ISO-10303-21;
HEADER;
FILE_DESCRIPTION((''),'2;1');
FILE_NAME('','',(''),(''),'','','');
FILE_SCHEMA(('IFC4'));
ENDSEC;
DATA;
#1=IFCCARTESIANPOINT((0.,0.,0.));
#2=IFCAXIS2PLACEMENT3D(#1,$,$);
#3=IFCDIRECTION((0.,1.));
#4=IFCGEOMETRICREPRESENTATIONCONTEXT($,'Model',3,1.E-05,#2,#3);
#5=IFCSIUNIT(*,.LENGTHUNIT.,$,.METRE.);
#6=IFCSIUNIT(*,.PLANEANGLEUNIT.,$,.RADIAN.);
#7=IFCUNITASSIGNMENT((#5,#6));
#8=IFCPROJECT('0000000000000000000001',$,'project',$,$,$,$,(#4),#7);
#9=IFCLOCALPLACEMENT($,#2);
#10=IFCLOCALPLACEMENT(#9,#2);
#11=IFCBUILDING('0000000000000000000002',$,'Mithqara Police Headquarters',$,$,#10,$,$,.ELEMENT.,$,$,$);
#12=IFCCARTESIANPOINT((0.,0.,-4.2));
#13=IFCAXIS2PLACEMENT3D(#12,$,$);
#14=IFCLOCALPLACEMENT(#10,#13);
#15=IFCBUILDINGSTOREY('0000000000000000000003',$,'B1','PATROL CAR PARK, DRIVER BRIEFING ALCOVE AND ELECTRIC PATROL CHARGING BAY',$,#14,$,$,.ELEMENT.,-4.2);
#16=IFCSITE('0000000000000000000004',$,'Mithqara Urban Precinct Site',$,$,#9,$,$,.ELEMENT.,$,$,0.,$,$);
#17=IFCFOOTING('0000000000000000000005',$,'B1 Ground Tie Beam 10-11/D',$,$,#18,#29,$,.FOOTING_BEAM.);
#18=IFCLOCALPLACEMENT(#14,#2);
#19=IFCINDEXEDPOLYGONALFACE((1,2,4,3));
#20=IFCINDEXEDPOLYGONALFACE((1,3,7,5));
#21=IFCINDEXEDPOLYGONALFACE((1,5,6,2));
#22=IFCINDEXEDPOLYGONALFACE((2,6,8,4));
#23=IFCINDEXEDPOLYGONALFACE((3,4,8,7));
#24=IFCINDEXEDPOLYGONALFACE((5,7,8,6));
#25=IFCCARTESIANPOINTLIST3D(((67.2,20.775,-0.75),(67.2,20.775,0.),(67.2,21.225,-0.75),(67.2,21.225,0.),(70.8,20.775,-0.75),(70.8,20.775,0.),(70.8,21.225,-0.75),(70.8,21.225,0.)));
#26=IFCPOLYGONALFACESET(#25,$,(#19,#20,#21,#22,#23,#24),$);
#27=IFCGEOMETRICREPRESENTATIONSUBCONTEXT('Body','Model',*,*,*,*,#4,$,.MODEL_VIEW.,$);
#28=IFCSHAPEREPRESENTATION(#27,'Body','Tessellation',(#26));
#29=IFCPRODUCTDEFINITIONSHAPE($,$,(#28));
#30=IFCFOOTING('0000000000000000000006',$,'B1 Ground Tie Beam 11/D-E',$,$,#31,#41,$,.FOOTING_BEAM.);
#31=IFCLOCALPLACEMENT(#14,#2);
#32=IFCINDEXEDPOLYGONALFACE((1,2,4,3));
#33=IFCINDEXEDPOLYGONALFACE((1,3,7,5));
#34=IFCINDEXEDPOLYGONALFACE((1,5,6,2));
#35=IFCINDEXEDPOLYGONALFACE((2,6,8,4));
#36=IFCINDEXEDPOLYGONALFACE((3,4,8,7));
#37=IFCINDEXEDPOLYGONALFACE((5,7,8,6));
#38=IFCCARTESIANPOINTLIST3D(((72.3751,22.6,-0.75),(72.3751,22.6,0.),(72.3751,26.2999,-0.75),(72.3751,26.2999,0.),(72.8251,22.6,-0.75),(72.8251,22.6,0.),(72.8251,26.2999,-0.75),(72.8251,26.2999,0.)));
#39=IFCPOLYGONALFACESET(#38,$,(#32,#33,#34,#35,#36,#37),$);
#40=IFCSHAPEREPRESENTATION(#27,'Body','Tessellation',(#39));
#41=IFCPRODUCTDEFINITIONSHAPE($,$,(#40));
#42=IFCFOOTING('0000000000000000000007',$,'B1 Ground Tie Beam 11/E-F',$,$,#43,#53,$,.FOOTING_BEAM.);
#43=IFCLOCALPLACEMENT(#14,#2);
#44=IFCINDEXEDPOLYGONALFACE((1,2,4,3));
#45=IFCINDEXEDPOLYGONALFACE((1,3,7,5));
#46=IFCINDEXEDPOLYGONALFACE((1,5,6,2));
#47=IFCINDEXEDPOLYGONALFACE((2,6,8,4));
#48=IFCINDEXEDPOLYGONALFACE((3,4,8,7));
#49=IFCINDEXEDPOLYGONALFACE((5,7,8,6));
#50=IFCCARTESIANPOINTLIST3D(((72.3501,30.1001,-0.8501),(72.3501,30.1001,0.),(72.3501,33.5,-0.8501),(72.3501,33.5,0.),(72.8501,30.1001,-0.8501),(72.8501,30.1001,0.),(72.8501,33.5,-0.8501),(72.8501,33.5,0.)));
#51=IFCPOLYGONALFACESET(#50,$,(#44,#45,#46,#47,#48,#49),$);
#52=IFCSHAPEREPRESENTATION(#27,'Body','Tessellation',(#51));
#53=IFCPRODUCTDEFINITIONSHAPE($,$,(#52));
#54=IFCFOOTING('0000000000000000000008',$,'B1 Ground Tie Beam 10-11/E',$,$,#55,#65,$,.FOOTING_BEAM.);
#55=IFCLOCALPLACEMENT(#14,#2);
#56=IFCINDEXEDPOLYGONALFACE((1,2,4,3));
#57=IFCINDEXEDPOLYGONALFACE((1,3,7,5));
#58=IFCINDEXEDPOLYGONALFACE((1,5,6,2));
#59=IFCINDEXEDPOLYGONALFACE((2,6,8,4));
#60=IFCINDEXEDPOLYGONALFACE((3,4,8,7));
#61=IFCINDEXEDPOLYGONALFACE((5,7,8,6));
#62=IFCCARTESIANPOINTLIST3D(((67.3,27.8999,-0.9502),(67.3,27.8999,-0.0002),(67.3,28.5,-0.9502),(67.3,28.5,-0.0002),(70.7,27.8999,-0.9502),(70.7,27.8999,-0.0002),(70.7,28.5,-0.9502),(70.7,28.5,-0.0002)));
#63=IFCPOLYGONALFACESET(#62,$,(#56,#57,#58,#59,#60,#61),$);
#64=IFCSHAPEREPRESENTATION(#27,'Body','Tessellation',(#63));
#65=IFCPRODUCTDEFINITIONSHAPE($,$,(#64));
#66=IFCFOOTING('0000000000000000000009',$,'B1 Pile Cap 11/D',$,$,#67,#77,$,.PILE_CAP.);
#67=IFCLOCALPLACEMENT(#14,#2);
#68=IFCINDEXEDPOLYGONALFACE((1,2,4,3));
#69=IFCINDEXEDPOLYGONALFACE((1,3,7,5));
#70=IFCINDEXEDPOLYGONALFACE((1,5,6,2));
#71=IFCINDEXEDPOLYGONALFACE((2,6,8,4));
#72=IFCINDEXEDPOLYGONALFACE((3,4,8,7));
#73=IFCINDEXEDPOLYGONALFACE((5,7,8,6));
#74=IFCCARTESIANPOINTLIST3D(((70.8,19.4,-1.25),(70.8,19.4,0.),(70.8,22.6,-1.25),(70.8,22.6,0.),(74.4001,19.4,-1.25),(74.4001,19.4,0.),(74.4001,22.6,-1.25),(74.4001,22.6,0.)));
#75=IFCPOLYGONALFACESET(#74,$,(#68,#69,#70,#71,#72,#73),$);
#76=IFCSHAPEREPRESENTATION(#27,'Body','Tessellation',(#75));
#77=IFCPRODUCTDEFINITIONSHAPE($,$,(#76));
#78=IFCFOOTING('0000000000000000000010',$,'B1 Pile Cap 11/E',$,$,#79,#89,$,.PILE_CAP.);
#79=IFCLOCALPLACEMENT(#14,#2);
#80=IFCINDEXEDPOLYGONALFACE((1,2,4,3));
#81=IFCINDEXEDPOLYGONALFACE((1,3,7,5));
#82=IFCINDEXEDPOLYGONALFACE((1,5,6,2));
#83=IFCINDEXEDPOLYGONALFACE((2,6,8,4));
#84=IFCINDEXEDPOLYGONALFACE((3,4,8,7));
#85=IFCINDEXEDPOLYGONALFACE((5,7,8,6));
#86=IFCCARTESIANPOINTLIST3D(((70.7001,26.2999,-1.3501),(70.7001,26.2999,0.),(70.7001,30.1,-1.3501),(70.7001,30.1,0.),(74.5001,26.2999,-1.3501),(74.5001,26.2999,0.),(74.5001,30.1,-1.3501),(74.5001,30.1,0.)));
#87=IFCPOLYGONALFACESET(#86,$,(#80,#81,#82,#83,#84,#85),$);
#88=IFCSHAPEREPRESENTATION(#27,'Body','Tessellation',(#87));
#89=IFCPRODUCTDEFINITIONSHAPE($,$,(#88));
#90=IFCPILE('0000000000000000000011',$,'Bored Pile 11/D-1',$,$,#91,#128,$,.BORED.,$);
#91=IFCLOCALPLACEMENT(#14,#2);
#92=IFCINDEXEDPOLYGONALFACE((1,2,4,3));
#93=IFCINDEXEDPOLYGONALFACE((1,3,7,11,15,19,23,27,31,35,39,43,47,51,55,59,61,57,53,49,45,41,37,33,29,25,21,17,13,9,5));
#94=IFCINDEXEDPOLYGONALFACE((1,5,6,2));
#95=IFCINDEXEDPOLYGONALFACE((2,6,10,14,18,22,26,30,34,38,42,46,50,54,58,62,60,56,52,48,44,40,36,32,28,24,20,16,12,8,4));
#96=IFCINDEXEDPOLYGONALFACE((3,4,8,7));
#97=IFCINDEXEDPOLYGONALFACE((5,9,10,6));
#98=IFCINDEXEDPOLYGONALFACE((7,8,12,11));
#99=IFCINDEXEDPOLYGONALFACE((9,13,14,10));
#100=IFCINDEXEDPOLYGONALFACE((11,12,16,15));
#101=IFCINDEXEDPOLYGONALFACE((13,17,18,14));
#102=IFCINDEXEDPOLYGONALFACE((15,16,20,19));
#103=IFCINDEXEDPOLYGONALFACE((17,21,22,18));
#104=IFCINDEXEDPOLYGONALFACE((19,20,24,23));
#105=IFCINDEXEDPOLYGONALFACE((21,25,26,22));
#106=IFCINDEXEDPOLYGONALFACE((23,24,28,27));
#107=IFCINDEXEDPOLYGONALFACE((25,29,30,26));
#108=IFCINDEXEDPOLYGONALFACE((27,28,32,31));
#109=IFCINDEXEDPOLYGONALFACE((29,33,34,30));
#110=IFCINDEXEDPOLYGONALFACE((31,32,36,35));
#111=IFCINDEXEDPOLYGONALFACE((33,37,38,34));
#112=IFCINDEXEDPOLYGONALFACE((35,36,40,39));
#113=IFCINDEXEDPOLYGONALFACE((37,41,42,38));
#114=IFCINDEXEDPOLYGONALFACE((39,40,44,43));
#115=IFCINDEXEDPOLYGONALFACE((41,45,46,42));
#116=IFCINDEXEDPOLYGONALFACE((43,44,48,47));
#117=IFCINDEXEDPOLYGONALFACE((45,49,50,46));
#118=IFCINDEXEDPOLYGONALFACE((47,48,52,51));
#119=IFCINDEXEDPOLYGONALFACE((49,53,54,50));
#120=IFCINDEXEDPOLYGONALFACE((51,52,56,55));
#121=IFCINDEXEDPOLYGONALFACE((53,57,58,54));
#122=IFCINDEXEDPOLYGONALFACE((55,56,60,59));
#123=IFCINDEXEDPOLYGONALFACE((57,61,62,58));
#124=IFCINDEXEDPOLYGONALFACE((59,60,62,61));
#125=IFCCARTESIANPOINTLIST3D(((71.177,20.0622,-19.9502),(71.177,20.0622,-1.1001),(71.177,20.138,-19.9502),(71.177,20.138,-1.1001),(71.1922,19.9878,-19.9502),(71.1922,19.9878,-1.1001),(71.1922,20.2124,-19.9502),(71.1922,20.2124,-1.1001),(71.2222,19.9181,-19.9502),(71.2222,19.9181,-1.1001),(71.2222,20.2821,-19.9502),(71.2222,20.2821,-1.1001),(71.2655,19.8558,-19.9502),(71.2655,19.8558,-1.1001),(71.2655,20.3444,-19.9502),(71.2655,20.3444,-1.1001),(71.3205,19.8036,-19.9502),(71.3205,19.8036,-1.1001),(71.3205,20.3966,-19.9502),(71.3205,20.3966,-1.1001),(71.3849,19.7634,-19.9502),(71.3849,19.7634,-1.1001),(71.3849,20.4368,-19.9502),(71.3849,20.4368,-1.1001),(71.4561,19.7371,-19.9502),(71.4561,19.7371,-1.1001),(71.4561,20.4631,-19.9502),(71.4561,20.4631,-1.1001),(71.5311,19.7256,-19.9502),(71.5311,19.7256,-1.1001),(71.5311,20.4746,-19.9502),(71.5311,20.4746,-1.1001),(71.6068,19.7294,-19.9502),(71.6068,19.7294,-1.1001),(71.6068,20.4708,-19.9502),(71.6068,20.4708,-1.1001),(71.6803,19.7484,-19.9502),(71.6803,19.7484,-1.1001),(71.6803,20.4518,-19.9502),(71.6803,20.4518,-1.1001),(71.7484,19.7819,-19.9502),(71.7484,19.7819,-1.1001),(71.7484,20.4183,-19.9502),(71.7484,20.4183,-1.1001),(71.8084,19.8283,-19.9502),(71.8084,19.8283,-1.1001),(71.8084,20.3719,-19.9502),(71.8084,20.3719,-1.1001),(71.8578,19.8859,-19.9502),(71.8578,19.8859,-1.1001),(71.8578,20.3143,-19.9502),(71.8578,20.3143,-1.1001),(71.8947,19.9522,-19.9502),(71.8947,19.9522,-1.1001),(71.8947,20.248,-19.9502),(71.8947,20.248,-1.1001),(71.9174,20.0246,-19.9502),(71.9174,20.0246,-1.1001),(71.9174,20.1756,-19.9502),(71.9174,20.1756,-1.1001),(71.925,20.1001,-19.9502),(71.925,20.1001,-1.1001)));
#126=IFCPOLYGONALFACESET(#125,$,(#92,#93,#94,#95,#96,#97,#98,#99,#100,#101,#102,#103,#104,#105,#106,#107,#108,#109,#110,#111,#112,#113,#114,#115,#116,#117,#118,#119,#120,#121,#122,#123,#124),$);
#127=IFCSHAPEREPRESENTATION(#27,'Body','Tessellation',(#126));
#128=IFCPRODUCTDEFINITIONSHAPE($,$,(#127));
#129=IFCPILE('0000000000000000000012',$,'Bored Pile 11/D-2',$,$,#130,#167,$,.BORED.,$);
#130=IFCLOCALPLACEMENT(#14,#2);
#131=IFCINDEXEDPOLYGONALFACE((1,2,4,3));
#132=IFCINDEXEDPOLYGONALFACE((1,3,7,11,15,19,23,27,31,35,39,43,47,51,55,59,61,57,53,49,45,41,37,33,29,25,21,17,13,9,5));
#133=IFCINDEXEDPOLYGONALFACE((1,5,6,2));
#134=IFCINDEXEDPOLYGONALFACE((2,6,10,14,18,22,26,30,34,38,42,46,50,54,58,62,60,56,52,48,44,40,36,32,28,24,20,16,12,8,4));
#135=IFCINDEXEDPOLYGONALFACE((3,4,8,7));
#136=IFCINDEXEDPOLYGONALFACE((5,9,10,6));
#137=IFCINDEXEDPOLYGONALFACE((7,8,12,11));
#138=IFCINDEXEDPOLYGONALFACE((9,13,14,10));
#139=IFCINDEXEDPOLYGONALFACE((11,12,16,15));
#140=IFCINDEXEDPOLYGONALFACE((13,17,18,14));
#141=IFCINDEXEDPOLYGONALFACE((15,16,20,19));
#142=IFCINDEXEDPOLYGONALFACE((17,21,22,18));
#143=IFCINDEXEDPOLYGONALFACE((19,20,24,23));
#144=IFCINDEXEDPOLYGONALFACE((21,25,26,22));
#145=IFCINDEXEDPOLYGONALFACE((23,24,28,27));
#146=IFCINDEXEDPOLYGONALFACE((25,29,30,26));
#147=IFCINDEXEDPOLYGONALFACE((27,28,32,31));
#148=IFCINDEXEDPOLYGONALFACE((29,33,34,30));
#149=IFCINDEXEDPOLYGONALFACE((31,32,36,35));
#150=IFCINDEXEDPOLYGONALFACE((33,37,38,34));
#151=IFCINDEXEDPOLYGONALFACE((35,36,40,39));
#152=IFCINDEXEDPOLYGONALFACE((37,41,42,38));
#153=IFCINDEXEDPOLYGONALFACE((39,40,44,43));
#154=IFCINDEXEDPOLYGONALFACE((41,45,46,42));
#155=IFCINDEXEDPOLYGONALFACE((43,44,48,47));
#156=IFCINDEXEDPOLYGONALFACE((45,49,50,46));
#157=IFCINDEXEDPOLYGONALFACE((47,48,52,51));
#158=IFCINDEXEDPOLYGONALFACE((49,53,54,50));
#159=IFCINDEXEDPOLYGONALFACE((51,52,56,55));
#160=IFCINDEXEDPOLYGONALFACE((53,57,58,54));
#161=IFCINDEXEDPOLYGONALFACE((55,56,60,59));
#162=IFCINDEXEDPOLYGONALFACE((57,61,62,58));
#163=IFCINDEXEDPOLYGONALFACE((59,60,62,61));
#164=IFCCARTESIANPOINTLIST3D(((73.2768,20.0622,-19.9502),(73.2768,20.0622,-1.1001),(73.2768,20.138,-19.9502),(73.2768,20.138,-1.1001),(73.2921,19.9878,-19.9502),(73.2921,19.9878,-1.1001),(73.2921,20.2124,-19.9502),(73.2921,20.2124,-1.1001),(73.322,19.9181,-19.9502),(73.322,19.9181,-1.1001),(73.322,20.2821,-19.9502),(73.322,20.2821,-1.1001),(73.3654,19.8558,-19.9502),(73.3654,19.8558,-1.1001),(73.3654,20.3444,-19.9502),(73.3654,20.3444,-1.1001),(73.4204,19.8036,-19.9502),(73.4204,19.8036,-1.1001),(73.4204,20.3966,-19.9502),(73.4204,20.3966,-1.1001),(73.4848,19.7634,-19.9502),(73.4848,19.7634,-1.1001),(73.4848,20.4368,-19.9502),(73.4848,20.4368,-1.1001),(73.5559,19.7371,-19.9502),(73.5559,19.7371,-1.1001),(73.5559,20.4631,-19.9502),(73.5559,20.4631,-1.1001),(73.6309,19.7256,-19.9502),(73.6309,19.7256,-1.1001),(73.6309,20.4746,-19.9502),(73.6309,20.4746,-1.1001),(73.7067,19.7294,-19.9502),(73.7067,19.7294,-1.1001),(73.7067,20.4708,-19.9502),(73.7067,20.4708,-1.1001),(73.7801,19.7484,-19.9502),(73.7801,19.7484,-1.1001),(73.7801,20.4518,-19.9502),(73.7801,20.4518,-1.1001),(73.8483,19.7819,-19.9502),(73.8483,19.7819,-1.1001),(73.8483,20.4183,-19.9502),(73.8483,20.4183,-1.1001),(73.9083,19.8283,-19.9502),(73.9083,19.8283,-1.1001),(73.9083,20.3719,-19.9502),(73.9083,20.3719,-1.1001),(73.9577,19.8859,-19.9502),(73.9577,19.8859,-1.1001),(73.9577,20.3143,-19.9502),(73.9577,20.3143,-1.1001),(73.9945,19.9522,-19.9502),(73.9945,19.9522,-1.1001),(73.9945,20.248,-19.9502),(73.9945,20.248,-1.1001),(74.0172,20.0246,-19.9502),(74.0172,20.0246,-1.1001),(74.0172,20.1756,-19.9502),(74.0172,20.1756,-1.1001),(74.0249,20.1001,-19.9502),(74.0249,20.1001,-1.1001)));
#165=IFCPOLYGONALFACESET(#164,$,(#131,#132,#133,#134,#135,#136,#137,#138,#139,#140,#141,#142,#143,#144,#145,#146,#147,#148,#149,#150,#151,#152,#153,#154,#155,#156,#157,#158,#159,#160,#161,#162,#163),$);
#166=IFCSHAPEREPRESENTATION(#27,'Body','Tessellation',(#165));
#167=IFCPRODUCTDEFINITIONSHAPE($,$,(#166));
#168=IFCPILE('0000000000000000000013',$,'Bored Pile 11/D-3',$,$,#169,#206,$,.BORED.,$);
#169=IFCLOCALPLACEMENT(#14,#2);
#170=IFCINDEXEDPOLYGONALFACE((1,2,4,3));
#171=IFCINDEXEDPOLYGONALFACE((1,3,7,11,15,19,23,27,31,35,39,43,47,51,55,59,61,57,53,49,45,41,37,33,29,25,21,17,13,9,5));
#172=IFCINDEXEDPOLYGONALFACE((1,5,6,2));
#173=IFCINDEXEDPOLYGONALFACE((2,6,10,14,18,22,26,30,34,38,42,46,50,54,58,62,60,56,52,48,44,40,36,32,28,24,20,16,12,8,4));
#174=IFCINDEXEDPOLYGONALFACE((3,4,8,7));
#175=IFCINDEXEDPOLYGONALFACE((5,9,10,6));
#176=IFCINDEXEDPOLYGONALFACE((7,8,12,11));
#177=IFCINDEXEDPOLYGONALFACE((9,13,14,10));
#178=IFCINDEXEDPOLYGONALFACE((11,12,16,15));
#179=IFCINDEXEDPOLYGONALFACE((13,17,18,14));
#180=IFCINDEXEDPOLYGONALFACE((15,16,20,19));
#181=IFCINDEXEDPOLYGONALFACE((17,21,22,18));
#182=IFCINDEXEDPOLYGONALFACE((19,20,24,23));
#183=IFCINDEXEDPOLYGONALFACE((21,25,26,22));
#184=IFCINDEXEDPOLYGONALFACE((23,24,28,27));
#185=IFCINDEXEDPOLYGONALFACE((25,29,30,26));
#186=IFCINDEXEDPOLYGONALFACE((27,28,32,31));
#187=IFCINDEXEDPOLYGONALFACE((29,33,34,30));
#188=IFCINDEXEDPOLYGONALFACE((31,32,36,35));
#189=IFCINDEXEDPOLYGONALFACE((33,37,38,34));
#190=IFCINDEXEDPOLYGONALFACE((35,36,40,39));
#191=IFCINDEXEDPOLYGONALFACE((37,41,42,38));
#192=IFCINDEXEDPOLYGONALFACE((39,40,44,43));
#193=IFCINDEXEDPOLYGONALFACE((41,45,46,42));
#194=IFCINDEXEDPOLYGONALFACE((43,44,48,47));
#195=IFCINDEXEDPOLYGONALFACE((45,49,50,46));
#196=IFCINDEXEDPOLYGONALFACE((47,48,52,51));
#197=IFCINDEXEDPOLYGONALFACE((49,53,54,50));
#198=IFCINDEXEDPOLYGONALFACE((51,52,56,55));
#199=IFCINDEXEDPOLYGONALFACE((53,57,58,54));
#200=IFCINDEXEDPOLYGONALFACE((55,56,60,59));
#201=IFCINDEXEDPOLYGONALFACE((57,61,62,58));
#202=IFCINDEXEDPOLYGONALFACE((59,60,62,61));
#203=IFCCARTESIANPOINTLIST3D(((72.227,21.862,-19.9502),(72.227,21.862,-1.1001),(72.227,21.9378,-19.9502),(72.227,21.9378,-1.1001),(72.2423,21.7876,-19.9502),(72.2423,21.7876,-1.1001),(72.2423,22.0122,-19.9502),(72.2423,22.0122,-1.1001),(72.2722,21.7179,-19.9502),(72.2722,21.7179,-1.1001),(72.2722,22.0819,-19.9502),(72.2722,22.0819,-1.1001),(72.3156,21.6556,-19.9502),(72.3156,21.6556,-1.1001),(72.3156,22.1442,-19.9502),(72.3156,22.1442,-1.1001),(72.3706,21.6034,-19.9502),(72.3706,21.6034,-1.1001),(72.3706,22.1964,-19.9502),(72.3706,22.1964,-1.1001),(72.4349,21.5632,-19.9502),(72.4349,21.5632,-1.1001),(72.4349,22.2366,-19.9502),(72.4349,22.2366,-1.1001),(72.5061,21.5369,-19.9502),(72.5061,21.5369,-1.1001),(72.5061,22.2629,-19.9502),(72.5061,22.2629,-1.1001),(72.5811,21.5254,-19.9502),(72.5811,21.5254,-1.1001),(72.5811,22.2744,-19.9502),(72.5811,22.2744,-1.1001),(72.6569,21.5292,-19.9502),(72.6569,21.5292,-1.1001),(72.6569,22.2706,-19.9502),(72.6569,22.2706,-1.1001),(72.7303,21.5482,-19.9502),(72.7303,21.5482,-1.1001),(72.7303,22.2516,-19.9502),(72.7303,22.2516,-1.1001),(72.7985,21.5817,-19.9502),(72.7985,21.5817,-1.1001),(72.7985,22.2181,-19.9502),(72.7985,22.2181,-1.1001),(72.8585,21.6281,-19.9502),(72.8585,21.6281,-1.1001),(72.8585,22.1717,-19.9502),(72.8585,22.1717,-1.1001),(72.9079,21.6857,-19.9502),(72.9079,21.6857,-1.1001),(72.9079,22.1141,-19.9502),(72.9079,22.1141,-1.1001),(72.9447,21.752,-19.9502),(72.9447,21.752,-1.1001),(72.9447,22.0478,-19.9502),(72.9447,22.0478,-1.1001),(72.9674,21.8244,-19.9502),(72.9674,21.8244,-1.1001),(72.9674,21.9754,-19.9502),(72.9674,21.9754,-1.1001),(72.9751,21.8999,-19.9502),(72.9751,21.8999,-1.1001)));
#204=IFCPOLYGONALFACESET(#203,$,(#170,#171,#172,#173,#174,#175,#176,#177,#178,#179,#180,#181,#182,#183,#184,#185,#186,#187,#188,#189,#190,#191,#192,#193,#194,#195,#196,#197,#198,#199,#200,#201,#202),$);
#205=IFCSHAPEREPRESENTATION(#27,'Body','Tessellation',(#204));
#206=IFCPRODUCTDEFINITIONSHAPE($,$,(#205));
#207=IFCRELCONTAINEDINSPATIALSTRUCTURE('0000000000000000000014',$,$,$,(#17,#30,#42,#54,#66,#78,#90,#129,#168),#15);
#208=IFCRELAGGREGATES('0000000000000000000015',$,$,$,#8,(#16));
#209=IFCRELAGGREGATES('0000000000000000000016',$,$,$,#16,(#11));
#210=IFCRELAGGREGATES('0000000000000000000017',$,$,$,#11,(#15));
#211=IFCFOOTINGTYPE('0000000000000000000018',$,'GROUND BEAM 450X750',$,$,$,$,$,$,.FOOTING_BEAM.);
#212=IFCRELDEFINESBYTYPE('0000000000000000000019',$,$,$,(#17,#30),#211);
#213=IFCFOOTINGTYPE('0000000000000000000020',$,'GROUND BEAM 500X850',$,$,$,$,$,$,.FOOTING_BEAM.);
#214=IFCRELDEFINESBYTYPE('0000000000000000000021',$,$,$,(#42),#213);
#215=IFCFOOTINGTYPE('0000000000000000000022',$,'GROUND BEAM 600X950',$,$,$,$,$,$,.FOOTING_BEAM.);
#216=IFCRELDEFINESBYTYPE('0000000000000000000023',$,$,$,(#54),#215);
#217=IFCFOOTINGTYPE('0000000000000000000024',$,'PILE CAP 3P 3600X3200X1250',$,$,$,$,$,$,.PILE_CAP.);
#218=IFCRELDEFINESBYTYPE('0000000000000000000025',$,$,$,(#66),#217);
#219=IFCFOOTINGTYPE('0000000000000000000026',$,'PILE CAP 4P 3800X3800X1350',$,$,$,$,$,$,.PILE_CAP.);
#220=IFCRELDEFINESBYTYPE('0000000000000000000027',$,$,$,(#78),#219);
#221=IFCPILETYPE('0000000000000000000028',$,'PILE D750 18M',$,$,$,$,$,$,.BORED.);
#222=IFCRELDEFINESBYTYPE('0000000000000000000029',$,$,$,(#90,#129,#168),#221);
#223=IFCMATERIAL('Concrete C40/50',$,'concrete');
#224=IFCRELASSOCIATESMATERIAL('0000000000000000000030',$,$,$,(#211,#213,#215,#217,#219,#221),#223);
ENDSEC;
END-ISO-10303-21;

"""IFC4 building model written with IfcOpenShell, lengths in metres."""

from ifc_helpers import new_model, si_unit, direction, frame, origin, origin_2d, place, context, subcontext, project, spatial, rectangle, circle, extrude, material, material_profile, profile_set, type_object, element, save


model = new_model("IFC4")

# Units and contexts
model_context = context("Model", 3, precision=1e-05, world=origin(), true_north=direction((0.0, 1.0)))
body_context = subcontext(model_context, "Body", "Model", "MODEL_VIEW")
ifc_project = project(units=[si_unit("LENGTHUNIT", "METRE"), si_unit("PLANEANGLEUNIT", "RADIAN")], contexts=[model_context])

# Site, building, storey
site_placement = place(None, origin())
site = spatial("IfcSite", under=ifc_project, at=site_placement, Name="Mithqara Urban Precinct Site", CompositionType="ELEMENT", RefElevation=0.0)
building_placement = place(site_placement, origin())
building = spatial("IfcBuilding", under=site, at=building_placement, Name="Mithqara Police Headquarters", CompositionType="ELEMENT")
storey_placement = place(building_placement, frame((0.0, 0.0, -4.2)))
storey = spatial("IfcBuildingStorey", under=building, at=storey_placement, Name="B1", Description="PATROL CAR PARK, DRIVER BRIEFING ALCOVE AND ELECTRIC PATROL CHARGING BAY", CompositionType="ELEMENT", Elevation=-4.2)

# Footings
ifc_material_1 = material(Name="Concrete C40/50", Category="concrete")
footing_type_1 = type_object("IfcFootingType", Name="GROUND BEAM 450X750", PredefinedType="FOOTING_BEAM", material=ifc_material_1)
footing_1_placement = place(storey_placement, frame((69.0, 21.0, -0.75), z_axis=(0.0, 0.0, 1.0), x_axis=(1.0, 0.0, 0.0)))
element("IfcFooting", 1, at=footing_1_placement, inside=storey, type_object=footing_type_1, Name="B1 Ground Tie Beam 10-11/D", PredefinedType="FOOTING_BEAM", context=body_context, shape_type="SweptSolid", body=[
    extrude(rectangle(XDim=3.6001, YDim=0.45, at=origin_2d()), origin(), (0.0, 0.0, 1.0), 0.75),
])
footing_2_placement = place(storey_placement, frame((72.6001, 24.45, -0.75), z_axis=(0.0, 0.0, 1.0), x_axis=(1.0, 0.0, 0.0)))
element("IfcFooting", 2, at=footing_2_placement, inside=storey, type_object=footing_type_1, Name="B1 Ground Tie Beam 11/D-E", PredefinedType="FOOTING_BEAM", context=body_context, shape_type="SweptSolid", body=[
    extrude(rectangle(XDim=0.45, YDim=3.7, at=origin_2d()), origin(), (0.0, 0.0, 1.0), 0.75),
])
footing_type_2 = type_object("IfcFootingType", Name="GROUND BEAM 500X850", PredefinedType="FOOTING_BEAM", material=ifc_material_1)
footing_3_placement = place(storey_placement, frame((72.6001, 31.8, -0.8501), z_axis=(0.0, 0.0, 1.0), x_axis=(1.0, 0.0, 0.0)))
element("IfcFooting", 3, at=footing_3_placement, inside=storey, type_object=footing_type_2, Name="B1 Ground Tie Beam 11/E-F", PredefinedType="FOOTING_BEAM", context=body_context, shape_type="SweptSolid", body=[
    extrude(rectangle(XDim=0.5, YDim=3.3999, at=origin_2d()), origin(), (0.0, 0.0, 1.0), 0.8501),
])
footing_type_3 = type_object("IfcFootingType", Name="GROUND BEAM 600X950", PredefinedType="FOOTING_BEAM", material=ifc_material_1)
footing_4_placement = place(storey_placement, frame((69.0, 28.2, -0.9502), z_axis=(0.0, 0.0, 1.0), x_axis=(1.0, 0.0, 0.0)))
element("IfcFooting", 4, at=footing_4_placement, inside=storey, type_object=footing_type_3, Name="B1 Ground Tie Beam 10-11/E", PredefinedType="FOOTING_BEAM", context=body_context, shape_type="SweptSolid", body=[
    extrude(rectangle(XDim=3.3999, YDim=0.6001, at=origin_2d()), origin(), (0.0, 0.0, 1.0), 0.95),
])
footing_type_4 = type_object("IfcFootingType", Name="PILE CAP 3P 3600X3200X1250", PredefinedType="PILE_CAP", material=ifc_material_1)
footing_5_placement = place(storey_placement, frame((72.6001, 21.0, -1.25), z_axis=(0.0, 0.0, 1.0), x_axis=(1.0, 0.0, 0.0)))
element("IfcFooting", 5, at=footing_5_placement, inside=storey, type_object=footing_type_4, Name="B1 Pile Cap 11/D", PredefinedType="PILE_CAP", context=body_context, shape_type="SweptSolid", body=[
    extrude(rectangle(XDim=3.6001, YDim=3.2, at=origin_2d()), origin(), (0.0, 0.0, 1.0), 1.25),
])
footing_type_5 = type_object("IfcFootingType", Name="PILE CAP 4P 3800X3800X1350", PredefinedType="PILE_CAP", material=ifc_material_1)
footing_6_placement = place(storey_placement, frame((72.6001, 28.2, -1.3501), z_axis=(0.0, 0.0, 1.0), x_axis=(1.0, 0.0, 0.0)))
element("IfcFooting", 6, at=footing_6_placement, inside=storey, type_object=footing_type_5, Name="B1 Pile Cap 11/E", PredefinedType="PILE_CAP", context=body_context, shape_type="SweptSolid", body=[
    extrude(rectangle(XDim=3.8, YDim=3.8, at=origin_2d()), origin(), (0.0, 0.0, 1.0), 1.3501),
])

# Piles
ifc_material_profile_1 = material_profile(ifc_material_1, circle(Radius=0.375, at=origin_2d()), Name="PILE D750")
ifc_profile_set_1 = profile_set([ifc_material_profile_1], Name="Concrete C40/50")
pile_type_1 = type_object("IfcPileType", Name="PILE D750 18M", PredefinedType="BORED", material=ifc_profile_set_1)
for number, where, z_axis, x_axis, name in (
    (7, (71.55, 20.1001, -1.1001), (0.0, 0.0, -1.0), (1.0, 0.0, 0.0), "Bored Pile 11/D-1"),
    (8, (73.6499, 20.1001, -1.1001), (0.0, 0.0, -1.0), (1.0, 0.0, 0.0), "Bored Pile 11/D-2"),
    (9, (72.6001, 21.8999, -1.1001), (0.0, 0.0, -1.0), (1.0, 0.0, 0.0), "Bored Pile 11/D-3"),
):
    element("IfcPile", number, at=place(storey_placement, frame(where, z_axis=z_axis, x_axis=x_axis)), inside=storey, type_object=pile_type_1, Name=name, PredefinedType="BORED", context=body_context, shape_type="SweptSolid", body=[
        extrude(circle(Radius=0.375, at=origin_2d()), origin(), (0.0, 0.0, 1.0), 18.8501),
    ])

save(model, "model.ifc")
